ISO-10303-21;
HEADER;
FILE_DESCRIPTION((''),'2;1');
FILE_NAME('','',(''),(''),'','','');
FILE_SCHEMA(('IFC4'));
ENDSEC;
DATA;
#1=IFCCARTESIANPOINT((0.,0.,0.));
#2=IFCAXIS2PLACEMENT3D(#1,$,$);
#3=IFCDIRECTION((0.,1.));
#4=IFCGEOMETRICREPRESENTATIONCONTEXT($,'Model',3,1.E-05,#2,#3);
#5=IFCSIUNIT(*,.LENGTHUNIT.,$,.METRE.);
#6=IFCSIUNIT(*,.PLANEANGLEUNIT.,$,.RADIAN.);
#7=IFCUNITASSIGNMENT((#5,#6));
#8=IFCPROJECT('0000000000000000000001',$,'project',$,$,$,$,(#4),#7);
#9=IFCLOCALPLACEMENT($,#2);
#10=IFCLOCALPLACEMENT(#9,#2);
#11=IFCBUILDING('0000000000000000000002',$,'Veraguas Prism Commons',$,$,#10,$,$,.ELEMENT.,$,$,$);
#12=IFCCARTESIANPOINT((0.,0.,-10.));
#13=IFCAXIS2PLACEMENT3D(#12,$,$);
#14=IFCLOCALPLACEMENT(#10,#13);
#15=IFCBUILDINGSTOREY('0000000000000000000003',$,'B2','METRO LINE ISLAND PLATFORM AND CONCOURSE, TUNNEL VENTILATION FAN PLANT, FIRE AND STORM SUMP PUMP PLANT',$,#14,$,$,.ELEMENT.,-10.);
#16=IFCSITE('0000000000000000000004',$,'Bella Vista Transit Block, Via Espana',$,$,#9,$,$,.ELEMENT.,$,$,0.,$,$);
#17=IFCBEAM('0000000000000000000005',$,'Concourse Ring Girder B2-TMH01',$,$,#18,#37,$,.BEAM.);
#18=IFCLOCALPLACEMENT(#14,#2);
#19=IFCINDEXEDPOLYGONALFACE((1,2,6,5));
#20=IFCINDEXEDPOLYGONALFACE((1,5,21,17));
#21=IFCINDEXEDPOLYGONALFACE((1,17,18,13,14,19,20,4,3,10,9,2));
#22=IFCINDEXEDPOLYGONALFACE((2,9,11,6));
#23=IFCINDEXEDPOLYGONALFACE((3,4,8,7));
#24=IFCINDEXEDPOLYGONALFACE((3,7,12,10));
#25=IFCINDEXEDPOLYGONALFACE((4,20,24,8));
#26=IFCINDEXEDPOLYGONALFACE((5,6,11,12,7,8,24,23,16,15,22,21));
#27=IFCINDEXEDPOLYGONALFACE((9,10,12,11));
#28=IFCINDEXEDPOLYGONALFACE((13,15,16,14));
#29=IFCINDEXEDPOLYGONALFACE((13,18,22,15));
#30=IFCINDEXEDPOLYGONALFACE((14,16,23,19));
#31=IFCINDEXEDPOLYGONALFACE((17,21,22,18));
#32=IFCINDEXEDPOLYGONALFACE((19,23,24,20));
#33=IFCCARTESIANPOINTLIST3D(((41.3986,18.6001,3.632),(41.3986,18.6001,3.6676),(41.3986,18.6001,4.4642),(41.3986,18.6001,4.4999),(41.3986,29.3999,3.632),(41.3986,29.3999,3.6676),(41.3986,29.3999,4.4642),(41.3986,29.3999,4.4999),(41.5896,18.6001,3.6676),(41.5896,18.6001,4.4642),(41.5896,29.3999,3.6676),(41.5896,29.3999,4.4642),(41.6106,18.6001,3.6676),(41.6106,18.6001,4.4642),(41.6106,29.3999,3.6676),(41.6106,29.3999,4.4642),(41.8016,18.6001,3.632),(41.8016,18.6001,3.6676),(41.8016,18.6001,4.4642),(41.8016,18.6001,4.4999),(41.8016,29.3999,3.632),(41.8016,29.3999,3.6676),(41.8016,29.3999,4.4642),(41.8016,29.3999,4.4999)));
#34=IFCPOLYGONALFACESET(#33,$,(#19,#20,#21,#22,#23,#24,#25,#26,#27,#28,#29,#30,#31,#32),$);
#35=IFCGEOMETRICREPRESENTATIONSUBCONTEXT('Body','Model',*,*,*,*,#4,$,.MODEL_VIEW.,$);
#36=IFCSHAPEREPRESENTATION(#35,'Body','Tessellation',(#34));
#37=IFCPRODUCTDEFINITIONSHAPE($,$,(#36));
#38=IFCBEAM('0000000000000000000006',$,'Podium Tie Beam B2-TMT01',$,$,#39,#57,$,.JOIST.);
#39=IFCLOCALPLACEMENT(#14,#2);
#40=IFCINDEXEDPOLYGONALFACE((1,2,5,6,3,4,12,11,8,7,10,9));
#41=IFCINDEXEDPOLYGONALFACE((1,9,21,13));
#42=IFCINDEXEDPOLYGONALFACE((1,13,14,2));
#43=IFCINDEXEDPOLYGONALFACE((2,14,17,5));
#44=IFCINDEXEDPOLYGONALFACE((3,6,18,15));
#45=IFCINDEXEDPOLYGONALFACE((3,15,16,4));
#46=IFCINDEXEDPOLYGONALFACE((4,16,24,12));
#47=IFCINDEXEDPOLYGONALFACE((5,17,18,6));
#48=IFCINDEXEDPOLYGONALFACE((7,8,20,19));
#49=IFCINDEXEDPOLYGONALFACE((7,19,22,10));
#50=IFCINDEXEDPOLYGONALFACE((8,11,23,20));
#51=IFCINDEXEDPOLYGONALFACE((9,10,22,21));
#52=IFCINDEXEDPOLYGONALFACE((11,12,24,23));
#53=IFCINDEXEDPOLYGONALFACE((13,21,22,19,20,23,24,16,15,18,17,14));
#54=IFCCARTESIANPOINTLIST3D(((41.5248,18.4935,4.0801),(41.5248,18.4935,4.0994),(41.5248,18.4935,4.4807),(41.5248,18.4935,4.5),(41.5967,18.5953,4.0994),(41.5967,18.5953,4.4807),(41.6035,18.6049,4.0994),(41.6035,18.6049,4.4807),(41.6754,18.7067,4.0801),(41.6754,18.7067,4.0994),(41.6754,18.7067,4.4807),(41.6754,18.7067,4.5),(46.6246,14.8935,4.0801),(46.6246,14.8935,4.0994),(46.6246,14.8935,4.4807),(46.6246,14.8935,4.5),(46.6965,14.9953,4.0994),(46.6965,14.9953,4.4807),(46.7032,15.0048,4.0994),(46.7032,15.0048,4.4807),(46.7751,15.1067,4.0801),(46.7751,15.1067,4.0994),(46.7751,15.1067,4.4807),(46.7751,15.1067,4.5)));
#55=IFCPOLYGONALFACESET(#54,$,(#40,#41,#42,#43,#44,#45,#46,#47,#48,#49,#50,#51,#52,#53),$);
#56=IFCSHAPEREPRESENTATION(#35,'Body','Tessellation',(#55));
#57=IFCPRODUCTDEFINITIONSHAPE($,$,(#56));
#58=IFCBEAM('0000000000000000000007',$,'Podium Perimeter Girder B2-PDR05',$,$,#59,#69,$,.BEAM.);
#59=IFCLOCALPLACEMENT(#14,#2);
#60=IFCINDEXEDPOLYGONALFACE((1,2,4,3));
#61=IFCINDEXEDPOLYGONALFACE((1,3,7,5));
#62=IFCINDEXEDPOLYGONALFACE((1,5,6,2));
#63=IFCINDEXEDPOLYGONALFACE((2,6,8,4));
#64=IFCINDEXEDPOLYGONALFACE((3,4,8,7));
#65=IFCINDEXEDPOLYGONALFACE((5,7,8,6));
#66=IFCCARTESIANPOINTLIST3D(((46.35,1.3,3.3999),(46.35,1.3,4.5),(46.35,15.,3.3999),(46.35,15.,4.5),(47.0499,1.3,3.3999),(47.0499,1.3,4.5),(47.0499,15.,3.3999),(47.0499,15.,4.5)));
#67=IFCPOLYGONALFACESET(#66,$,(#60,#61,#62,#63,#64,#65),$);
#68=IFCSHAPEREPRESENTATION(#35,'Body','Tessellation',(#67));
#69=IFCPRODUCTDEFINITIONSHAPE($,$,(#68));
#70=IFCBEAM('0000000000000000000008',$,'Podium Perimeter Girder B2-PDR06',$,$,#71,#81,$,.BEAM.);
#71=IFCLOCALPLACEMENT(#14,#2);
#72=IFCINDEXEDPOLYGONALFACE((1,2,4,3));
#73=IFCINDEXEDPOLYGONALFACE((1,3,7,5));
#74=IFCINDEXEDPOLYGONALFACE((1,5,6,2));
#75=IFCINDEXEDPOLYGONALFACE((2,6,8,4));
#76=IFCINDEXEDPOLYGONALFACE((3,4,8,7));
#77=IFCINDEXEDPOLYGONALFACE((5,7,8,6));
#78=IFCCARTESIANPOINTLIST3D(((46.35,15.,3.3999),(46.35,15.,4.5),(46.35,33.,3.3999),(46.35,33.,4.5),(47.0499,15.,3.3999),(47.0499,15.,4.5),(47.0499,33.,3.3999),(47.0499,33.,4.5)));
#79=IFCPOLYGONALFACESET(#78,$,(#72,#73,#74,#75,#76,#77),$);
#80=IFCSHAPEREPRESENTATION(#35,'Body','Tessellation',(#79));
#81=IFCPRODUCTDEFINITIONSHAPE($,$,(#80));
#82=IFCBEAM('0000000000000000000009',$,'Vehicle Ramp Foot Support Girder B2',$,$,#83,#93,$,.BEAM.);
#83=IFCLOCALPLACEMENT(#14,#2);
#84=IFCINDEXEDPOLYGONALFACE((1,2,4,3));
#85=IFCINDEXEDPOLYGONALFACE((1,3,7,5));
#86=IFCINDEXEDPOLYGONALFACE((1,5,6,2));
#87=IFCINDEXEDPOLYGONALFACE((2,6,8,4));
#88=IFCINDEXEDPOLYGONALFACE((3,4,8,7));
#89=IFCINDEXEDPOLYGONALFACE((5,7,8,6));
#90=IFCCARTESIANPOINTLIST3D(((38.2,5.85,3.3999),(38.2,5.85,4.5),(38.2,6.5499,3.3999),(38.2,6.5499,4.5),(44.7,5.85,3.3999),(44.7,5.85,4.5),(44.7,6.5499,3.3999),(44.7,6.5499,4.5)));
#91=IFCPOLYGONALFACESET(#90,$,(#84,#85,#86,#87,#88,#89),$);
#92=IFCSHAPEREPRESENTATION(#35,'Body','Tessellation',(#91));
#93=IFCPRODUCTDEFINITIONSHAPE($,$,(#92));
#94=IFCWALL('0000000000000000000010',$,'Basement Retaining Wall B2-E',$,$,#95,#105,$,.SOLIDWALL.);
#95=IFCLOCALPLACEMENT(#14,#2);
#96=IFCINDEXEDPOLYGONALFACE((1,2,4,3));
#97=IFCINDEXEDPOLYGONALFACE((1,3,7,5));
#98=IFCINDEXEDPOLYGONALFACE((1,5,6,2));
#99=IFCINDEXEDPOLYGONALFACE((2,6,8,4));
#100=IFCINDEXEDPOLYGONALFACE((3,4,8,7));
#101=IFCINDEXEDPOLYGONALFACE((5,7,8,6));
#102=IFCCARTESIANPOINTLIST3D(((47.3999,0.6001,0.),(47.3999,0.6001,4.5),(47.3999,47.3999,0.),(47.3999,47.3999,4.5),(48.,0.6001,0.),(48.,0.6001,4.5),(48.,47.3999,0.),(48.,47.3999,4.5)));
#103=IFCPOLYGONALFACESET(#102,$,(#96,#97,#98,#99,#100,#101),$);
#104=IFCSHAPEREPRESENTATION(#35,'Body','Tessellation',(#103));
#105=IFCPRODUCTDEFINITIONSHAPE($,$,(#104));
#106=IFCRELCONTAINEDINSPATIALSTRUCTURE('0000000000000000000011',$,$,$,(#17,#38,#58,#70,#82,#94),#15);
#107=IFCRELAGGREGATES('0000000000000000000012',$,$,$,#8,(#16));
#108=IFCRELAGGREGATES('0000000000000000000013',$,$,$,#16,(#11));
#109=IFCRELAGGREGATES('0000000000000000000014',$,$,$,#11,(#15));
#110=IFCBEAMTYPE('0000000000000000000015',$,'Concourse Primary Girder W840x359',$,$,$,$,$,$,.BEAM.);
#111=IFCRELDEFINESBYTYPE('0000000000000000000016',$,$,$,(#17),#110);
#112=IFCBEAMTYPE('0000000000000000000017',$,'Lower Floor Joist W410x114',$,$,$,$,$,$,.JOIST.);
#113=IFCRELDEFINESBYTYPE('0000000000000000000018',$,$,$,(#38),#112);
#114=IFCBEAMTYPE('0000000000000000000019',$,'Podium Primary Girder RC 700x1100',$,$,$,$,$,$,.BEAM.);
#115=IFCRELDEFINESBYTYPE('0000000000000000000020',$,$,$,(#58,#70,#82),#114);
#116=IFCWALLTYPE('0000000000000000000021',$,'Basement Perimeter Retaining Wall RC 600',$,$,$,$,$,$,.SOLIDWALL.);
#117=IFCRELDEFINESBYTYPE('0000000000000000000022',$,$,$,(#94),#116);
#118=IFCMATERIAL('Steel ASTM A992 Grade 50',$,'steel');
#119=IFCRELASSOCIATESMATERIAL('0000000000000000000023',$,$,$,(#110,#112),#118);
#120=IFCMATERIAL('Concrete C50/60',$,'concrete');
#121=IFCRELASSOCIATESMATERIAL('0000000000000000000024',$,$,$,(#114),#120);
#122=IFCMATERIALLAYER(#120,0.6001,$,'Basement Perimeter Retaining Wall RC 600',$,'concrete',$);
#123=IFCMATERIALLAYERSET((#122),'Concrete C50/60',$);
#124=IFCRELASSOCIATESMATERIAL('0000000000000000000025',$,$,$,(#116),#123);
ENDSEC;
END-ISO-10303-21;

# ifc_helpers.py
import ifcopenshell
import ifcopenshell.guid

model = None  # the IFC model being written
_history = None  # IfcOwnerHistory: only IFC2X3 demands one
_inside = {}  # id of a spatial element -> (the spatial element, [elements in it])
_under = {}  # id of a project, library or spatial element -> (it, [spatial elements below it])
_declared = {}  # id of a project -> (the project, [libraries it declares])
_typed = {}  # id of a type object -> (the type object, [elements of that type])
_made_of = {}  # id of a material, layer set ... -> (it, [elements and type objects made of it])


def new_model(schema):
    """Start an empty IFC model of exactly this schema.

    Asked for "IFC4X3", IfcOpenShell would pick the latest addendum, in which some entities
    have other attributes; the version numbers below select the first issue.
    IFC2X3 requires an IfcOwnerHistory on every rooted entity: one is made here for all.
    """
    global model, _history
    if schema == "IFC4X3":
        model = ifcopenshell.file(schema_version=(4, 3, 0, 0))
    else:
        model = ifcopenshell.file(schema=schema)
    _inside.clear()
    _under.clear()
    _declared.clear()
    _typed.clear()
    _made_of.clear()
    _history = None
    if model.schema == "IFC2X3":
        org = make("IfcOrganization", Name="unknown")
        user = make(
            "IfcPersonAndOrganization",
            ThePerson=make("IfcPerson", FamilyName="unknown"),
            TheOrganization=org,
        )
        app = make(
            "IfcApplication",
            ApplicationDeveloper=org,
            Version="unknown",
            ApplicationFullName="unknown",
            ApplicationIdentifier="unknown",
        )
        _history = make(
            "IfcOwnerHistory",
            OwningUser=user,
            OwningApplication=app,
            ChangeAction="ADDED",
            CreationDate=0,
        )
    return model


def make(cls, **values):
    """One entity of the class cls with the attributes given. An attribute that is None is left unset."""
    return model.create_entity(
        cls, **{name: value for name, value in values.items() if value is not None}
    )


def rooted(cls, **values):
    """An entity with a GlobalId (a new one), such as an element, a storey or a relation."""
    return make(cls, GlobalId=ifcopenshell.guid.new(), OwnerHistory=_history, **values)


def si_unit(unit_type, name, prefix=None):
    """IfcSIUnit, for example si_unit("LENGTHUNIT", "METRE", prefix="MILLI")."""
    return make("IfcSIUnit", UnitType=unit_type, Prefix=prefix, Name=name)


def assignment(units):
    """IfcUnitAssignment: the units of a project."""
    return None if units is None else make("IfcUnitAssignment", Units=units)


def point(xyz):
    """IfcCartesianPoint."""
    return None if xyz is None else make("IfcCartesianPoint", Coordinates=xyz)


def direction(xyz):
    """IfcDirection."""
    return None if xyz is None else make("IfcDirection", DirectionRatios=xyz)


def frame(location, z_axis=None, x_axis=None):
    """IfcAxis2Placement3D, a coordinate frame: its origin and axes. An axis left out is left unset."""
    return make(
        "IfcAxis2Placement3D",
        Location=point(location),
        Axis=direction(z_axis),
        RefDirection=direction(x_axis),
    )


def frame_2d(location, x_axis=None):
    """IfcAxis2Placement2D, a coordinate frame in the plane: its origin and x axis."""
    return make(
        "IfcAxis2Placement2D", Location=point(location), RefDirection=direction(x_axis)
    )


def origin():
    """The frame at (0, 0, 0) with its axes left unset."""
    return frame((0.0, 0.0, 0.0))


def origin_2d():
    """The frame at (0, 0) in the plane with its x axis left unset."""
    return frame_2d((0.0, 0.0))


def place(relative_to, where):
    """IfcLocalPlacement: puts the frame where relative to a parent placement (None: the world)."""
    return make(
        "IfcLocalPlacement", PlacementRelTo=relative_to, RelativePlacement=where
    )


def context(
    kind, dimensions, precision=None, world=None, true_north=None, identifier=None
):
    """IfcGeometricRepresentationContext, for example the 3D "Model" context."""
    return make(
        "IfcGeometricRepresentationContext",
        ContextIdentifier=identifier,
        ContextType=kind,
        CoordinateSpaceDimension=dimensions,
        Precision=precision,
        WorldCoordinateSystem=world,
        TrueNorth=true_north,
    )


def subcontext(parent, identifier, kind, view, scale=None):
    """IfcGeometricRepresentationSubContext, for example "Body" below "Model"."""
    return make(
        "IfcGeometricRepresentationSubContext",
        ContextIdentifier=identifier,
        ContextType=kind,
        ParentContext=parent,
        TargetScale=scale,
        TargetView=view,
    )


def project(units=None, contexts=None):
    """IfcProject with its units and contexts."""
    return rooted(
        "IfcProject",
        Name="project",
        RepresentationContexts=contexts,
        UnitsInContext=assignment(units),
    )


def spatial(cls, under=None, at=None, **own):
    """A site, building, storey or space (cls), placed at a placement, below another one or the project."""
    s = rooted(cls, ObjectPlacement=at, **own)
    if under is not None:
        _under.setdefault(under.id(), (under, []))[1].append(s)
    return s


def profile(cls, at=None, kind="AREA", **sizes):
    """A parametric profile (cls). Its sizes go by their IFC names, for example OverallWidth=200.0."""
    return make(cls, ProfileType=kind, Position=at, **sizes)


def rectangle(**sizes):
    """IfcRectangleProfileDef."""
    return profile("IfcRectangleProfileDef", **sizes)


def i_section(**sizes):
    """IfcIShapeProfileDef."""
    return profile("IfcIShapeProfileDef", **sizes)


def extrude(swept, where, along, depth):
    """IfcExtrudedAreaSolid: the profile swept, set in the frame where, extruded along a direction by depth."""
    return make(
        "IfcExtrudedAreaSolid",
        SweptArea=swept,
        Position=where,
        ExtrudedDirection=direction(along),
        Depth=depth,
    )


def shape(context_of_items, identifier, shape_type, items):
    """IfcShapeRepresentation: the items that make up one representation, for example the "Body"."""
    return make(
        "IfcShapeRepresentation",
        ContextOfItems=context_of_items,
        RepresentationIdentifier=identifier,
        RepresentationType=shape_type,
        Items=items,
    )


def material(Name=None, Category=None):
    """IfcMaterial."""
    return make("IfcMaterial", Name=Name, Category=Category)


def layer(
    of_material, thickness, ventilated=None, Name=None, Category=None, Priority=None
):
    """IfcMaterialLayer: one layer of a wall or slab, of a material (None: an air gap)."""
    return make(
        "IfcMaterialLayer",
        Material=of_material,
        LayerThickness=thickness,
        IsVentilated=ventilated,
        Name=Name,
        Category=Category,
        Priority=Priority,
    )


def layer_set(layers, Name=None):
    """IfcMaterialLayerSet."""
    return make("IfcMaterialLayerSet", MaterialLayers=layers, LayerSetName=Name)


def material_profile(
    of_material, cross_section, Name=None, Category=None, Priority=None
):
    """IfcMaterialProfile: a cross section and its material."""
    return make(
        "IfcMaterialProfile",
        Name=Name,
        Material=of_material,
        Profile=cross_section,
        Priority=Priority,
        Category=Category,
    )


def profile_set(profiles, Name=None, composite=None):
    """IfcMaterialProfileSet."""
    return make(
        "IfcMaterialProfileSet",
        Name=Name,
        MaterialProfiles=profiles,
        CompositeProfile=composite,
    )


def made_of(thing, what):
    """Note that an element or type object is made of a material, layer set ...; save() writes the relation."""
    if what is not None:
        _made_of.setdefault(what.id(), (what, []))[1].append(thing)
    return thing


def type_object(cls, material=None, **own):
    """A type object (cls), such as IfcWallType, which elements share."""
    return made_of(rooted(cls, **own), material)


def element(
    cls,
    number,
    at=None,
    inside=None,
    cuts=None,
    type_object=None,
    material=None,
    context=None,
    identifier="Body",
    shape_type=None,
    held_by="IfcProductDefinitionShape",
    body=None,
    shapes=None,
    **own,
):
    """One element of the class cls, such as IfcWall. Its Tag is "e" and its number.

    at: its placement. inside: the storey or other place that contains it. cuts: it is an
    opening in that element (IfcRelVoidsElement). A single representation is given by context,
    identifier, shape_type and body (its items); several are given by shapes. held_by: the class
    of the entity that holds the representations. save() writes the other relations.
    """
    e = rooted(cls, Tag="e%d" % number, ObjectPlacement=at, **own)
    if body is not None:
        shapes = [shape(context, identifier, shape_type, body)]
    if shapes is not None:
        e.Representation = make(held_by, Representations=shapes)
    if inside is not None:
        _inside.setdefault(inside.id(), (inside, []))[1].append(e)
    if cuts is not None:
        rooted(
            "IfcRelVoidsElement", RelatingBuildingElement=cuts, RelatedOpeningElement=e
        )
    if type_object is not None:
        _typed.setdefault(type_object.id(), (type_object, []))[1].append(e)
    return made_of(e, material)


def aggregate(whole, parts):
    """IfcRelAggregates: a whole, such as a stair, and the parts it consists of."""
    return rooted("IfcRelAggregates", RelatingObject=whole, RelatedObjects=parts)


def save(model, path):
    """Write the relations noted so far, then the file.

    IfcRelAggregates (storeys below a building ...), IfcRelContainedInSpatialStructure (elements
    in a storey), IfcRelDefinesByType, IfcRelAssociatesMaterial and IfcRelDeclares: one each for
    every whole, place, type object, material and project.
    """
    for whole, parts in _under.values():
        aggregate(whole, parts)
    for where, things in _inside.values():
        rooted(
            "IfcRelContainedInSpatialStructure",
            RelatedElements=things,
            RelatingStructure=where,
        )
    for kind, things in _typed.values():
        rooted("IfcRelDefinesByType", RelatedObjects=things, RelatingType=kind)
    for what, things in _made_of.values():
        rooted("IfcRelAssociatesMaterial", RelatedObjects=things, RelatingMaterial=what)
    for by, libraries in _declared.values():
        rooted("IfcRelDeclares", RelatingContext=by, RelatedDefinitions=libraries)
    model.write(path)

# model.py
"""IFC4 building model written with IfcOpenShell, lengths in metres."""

from ifc_helpers import new_model, si_unit, direction, frame, frame_2d, origin, origin_2d, place, context, subcontext, project, spatial, rectangle, i_section, extrude, material, layer, layer_set, material_profile, profile_set, type_object, element, save


model = new_model("IFC4")

# Units and contexts
model_context = context("Model", 3, precision=1e-05, world=origin(), true_north=direction((0.0, 1.0)))
body_context = subcontext(model_context, "Body", "Model", "MODEL_VIEW")
ifc_project = project(units=[si_unit("LENGTHUNIT", "METRE"), si_unit("PLANEANGLEUNIT", "RADIAN")], contexts=[model_context])

# Site, building, storey
site_placement = place(None, origin())
site = spatial("IfcSite", under=ifc_project, at=site_placement, Name="Bella Vista Transit Block, Via Espana", CompositionType="ELEMENT", RefElevation=0.0)
building_placement = place(site_placement, origin())
building = spatial("IfcBuilding", under=site, at=building_placement, Name="Veraguas Prism Commons", CompositionType="ELEMENT")
storey_placement = place(building_placement, frame((0.0, 0.0, -10.0)))
storey = spatial("IfcBuildingStorey", under=building, at=storey_placement, Name="B2", Description="METRO LINE ISLAND PLATFORM AND CONCOURSE, TUNNEL VENTILATION FAN PLANT, FIRE AND STORM SUMP PUMP PLANT", CompositionType="ELEMENT", Elevation=-10.0)

# Shared definitions
ifc_material_1 = material(Name="Concrete C50/60", Category="concrete")

# Beams
ifc_material_2 = material(Name="Steel ASTM A992 Grade 50", Category="steel")
ifc_material_profile_1 = material_profile(ifc_material_2, i_section(OverallWidth=0.4031, OverallDepth=0.8679, WebThickness=0.021, FlangeThickness=0.0356, at=origin_2d()), Name="W840X359")
ifc_profile_set_1 = profile_set([ifc_material_profile_1], Name="Steel ASTM A992 Grade 50")
beam_type_1 = type_object("IfcBeamType", Name="Concourse Primary Girder W840x359", PredefinedType="BEAM", material=ifc_profile_set_1)
beam_1_placement = place(storey_placement, frame((41.6001, 18.6001, 4.0659), z_axis=(0.0, 1.0, 0.0), x_axis=(-1.0, 0.0, 0.0)))
element("IfcBeam", 1, at=beam_1_placement, inside=storey, type_object=beam_type_1, Name="Concourse Ring Girder B2-TMH01", PredefinedType="BEAM", context=body_context, shape_type="SweptSolid", body=[
    extrude(i_section(OverallWidth=0.4031, OverallDepth=0.8679, WebThickness=0.021, FlangeThickness=0.0356, at=origin_2d()), origin(), (0.0, 0.0, 1.0), 10.7998),
])
ifc_material_profile_2 = material_profile(ifc_material_2, i_section(OverallWidth=0.261, OverallDepth=0.4199, WebThickness=0.0117, FlangeThickness=0.0193, at=origin_2d()), Name="W410X114")
ifc_profile_set_2 = profile_set([ifc_material_profile_2], Name="Steel ASTM A992 Grade 50")
beam_type_2 = type_object("IfcBeamType", Name="Lower Floor Joist W410x114", PredefinedType="JOIST", material=ifc_profile_set_2)
beam_2_placement = place(storey_placement, frame((41.6001, 18.6001, 4.29), z_axis=(0.816953, -0.576705, 0.0), x_axis=(0.576705, 0.816953, 0.0)))
element("IfcBeam", 2, at=beam_2_placement, inside=storey, type_object=beam_type_2, Name="Podium Tie Beam B2-TMT01", PredefinedType="JOIST", context=body_context, shape_type="SweptSolid", body=[
    extrude(i_section(OverallWidth=0.261, OverallDepth=0.4199, WebThickness=0.0117, FlangeThickness=0.0193, at=origin_2d()), origin(), (0.0, 0.0, 1.0), 6.2424),
])
ifc_material_profile_3 = material_profile(ifc_material_1, rectangle(XDim=0.7, YDim=1.1001, at=origin_2d()), Name="RC700X1100")
ifc_profile_set_3 = profile_set([ifc_material_profile_3], Name="Concrete C50/60")
beam_type_3 = type_object("IfcBeamType", Name="Podium Primary Girder RC 700x1100", PredefinedType="BEAM", material=ifc_profile_set_3)
beam_3_placement = place(storey_placement, frame((46.7, 1.3, 3.95), z_axis=(0.0, 1.0, 0.0), x_axis=(-1.0, 0.0, 0.0)))
element("IfcBeam", 3, at=beam_3_placement, inside=storey, type_object=beam_type_3, Name="Podium Perimeter Girder B2-PDR05", PredefinedType="BEAM", context=body_context, shape_type="SweptSolid", body=[
    extrude(rectangle(XDim=0.7, YDim=1.1001, at=origin_2d()), origin(), (0.0, 0.0, 1.0), 13.7),
])
beam_4_placement = place(storey_placement, frame((46.7, 15.0, 3.95), z_axis=(0.0, 1.0, 0.0), x_axis=(-1.0, 0.0, 0.0)))
element("IfcBeam", 4, at=beam_4_placement, inside=storey, type_object=beam_type_3, Name="Podium Perimeter Girder B2-PDR06", PredefinedType="BEAM", context=body_context, shape_type="SweptSolid", body=[
    extrude(rectangle(XDim=0.7, YDim=1.1001, at=origin_2d()), origin(), (0.0, 0.0, 1.0), 18.0),
])
beam_5_placement = place(storey_placement, frame((38.2, 6.2, 3.95), z_axis=(1.0, 0.0, 0.0), x_axis=(0.0, 1.0, 0.0)))
element("IfcBeam", 5, at=beam_5_placement, inside=storey, type_object=beam_type_3, Name="Vehicle Ramp Foot Support Girder B2", PredefinedType="BEAM", context=body_context, shape_type="SweptSolid", body=[
    extrude(rectangle(XDim=0.7, YDim=1.1001, at=origin_2d()), origin(), (0.0, 0.0, 1.0), 6.5),
])

# Wall
ifc_layer = layer(ifc_material_1, 0.6001, Name="Basement Perimeter Retaining Wall RC 600", Category="concrete")
ifc_layer_set = layer_set([ifc_layer], Name="Concrete C50/60")
wall_type = type_object("IfcWallType", Name="Basement Perimeter Retaining Wall RC 600", PredefinedType="SOLIDWALL", material=ifc_layer_set)
wall_placement = place(storey_placement, frame((47.7, 0.6001, 0.0), z_axis=(0.0, 0.0, 1.0), x_axis=(0.0, 1.0, 0.0)))
element("IfcWall", 6, at=wall_placement, inside=storey, type_object=wall_type, Name="Basement Retaining Wall B2-E", PredefinedType="SOLIDWALL", context=body_context, shape_type="SweptSolid", body=[
    extrude(rectangle(XDim=46.7998, YDim=0.6001, at=frame_2d((23.3999, 0.0))), origin(), (0.0, 0.0, 1.0), 4.5),
])

save(model, "model.ifc")
